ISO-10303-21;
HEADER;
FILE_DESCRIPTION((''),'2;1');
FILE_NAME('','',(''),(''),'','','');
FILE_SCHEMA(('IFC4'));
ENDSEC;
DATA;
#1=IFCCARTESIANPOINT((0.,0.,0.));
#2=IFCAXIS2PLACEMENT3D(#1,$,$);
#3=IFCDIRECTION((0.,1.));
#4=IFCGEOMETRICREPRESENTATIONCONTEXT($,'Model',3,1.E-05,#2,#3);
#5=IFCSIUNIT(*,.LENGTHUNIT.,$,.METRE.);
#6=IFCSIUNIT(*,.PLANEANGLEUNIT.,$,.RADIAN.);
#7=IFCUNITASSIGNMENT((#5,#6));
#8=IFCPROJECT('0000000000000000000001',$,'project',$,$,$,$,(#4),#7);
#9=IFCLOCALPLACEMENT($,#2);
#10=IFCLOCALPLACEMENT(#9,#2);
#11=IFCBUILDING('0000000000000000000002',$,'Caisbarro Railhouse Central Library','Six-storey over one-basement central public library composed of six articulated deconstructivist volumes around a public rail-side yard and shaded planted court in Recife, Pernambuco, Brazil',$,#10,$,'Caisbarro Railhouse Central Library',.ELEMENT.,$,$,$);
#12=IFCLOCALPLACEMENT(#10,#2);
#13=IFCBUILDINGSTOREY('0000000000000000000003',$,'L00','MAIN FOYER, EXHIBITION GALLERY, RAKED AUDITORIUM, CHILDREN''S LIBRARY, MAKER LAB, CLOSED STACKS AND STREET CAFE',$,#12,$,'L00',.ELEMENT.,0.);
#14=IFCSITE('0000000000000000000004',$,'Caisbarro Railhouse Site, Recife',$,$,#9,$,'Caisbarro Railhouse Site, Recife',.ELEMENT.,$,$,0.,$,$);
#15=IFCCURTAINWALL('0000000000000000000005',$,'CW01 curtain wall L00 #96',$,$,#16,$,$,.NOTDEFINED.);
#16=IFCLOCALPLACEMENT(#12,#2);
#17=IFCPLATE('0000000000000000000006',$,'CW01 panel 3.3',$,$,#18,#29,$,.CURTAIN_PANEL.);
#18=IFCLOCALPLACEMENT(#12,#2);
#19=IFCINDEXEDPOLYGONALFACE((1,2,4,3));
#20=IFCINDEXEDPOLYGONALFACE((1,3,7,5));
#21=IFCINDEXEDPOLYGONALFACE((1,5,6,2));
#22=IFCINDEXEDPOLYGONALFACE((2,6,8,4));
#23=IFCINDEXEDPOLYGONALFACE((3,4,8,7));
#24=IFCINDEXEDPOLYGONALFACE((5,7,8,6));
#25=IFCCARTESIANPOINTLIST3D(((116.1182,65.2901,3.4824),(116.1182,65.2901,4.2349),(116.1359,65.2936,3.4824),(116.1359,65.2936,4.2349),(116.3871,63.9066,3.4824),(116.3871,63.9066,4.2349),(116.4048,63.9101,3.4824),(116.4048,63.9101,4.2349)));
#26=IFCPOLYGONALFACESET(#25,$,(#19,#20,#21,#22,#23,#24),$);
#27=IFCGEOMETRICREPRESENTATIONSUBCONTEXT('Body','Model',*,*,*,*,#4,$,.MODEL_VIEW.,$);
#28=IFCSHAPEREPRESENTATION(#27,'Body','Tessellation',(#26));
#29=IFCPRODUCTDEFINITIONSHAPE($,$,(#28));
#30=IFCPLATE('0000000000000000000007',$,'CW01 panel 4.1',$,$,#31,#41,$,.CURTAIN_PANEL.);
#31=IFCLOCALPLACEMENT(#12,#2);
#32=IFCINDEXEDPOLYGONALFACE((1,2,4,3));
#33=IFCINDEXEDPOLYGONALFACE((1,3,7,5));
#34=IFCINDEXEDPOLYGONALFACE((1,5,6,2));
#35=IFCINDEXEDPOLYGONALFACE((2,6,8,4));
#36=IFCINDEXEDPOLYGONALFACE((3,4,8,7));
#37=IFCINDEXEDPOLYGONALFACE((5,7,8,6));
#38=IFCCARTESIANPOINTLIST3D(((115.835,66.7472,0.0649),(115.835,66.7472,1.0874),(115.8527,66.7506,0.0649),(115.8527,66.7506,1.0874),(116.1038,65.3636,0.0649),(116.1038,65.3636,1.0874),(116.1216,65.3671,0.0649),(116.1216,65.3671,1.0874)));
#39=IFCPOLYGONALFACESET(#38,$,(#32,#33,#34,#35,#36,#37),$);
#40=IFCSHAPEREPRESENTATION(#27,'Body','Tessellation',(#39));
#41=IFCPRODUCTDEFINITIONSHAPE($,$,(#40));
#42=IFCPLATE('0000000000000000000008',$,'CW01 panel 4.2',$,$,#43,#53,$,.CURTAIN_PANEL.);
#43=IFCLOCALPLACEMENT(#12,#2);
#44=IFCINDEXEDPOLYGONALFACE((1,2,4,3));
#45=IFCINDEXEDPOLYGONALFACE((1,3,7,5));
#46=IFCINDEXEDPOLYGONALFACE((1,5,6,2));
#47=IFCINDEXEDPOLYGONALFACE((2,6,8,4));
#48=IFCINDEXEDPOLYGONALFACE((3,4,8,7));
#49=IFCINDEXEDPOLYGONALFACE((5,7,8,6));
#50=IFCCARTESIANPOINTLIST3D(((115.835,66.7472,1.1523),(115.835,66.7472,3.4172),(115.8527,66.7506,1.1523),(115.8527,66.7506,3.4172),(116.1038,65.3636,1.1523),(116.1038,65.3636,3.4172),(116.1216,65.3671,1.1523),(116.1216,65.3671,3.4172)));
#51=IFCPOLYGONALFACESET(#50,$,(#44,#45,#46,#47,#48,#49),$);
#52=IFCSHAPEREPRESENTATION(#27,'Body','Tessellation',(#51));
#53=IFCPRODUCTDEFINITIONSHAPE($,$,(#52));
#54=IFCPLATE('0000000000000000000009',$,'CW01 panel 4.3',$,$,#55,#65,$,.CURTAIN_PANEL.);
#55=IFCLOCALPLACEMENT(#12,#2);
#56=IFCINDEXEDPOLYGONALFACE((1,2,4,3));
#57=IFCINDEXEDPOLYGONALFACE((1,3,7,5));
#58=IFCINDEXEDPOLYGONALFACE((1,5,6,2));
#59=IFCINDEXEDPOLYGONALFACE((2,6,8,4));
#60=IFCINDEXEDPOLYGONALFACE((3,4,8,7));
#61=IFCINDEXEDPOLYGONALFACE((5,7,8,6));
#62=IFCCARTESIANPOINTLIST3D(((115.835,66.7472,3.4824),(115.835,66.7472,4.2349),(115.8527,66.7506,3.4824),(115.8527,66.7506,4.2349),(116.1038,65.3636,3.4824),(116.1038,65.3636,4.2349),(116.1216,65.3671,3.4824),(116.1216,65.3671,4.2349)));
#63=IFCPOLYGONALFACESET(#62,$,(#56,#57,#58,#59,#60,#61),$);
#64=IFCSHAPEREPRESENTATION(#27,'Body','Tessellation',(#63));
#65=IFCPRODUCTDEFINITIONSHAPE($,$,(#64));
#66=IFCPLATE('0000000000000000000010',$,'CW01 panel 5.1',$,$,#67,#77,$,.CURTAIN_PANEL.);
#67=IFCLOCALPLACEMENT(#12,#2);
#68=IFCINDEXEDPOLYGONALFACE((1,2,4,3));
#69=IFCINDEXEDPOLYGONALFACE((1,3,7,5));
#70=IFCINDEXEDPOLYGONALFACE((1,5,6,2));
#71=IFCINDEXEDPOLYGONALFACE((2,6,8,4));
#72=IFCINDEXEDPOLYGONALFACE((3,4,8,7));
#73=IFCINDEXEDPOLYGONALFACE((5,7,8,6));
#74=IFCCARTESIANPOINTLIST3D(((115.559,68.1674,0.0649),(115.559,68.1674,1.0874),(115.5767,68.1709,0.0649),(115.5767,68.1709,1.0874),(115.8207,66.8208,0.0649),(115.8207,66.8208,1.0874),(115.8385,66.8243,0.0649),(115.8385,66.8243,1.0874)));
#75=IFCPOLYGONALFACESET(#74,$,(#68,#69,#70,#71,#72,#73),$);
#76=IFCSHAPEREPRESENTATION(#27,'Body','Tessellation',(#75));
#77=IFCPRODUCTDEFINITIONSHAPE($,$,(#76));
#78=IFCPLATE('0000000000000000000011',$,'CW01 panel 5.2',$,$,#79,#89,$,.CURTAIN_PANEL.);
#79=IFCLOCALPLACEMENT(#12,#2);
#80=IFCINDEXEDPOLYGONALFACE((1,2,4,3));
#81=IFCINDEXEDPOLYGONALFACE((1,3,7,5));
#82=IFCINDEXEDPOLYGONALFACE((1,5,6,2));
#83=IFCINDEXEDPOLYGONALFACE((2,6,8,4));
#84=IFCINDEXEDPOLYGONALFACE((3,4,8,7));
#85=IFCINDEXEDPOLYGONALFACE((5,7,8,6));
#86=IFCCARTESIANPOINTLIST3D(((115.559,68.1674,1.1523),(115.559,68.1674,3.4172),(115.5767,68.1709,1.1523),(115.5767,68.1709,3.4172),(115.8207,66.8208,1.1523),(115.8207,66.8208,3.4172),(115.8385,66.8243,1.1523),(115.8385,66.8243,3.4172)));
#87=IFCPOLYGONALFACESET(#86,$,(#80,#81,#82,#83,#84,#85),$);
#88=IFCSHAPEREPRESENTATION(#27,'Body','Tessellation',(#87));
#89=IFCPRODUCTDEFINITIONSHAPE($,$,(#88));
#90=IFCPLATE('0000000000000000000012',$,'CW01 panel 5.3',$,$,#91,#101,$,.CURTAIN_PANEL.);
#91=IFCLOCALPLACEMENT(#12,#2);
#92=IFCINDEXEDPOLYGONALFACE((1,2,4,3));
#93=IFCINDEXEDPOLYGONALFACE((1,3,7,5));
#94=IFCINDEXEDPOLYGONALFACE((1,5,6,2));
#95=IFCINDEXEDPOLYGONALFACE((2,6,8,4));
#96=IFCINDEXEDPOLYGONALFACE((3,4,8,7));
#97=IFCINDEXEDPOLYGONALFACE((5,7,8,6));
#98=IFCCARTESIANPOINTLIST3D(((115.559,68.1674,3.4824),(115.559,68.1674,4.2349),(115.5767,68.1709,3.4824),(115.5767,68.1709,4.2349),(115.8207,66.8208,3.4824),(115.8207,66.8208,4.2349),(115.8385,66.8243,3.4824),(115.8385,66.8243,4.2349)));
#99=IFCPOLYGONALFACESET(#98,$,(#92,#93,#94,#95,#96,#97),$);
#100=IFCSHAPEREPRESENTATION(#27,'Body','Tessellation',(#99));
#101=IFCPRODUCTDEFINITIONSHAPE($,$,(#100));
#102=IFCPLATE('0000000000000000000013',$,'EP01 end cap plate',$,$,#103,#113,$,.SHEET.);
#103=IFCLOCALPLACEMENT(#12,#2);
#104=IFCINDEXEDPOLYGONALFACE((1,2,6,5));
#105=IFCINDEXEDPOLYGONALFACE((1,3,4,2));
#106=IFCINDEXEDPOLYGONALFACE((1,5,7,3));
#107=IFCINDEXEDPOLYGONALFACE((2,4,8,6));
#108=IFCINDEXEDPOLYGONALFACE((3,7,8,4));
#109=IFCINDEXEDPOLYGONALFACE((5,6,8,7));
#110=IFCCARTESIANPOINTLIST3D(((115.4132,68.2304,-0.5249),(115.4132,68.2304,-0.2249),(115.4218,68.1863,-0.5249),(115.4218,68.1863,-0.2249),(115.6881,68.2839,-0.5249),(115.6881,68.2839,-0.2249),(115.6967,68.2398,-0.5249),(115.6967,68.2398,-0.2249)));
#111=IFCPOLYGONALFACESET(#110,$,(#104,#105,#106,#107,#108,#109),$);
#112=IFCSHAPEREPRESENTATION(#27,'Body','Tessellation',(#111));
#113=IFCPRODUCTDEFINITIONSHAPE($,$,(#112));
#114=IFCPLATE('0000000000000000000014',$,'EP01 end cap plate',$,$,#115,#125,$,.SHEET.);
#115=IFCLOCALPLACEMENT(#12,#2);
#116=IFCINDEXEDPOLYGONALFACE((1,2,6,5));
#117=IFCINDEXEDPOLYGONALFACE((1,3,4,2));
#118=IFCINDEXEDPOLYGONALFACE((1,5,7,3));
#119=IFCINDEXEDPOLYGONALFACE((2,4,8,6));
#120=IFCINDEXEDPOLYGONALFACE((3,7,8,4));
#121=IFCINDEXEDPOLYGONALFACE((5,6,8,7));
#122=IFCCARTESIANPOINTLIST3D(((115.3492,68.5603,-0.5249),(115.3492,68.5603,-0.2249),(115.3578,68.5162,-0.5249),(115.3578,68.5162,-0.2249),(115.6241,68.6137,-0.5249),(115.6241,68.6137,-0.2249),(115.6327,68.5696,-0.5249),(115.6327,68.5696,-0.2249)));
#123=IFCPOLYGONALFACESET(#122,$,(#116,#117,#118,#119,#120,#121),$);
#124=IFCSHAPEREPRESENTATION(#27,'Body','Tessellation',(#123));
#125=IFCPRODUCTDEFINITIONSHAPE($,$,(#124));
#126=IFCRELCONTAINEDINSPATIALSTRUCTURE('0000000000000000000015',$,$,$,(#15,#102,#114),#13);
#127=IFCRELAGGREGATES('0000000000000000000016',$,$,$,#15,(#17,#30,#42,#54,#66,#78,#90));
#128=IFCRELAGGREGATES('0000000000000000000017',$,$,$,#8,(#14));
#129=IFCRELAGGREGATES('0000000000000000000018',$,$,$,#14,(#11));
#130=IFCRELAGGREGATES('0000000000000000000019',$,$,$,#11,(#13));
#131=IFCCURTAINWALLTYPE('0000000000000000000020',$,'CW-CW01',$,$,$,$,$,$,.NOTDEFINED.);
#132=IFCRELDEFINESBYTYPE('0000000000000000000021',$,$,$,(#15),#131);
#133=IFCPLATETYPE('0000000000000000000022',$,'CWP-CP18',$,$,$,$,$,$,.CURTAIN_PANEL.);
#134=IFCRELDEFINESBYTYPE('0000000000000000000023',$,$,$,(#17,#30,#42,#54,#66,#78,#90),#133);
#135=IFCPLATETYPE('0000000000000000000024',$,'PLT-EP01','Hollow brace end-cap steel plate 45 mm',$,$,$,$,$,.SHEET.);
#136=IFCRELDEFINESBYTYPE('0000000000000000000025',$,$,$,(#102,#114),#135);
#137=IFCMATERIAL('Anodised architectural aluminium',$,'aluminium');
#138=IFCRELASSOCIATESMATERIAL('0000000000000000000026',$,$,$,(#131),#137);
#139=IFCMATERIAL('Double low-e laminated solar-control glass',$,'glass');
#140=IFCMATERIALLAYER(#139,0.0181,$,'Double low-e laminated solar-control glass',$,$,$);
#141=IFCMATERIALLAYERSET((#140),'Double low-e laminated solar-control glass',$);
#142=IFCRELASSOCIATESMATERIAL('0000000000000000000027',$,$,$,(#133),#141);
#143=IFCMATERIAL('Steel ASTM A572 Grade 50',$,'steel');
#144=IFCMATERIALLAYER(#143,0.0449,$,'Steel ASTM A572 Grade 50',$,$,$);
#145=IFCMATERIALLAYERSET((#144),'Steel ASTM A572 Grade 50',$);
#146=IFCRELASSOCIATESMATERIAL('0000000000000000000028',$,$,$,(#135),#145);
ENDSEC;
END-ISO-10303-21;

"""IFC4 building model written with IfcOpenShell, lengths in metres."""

from ifc_helpers import new_model, si_unit, direction, frame, origin, origin_2d, place, context, subcontext, project, spatial, rectangle, extrude, material, layer, layer_set, type_object, element, aggregate, save


model = new_model("IFC4")

# Units and contexts
model_context = context("Model", 3, precision=1e-05, world=origin(), true_north=direction((0.0, 1.0)))
body_context = subcontext(model_context, "Body", "Model", "MODEL_VIEW")
ifc_project = project(units=[si_unit("LENGTHUNIT", "METRE"), si_unit("PLANEANGLEUNIT", "RADIAN")], contexts=[model_context])

# Site, building, storey
site_placement = place(None, origin())
site = spatial("IfcSite", under=ifc_project, at=site_placement, Name="Caisbarro Railhouse Site, Recife", LongName="Caisbarro Railhouse Site, Recife", CompositionType="ELEMENT", RefElevation=0.0)
building_placement = place(site_placement, origin())
building = spatial("IfcBuilding", under=site, at=building_placement, Name="Caisbarro Railhouse Central Library", Description="Six-storey over one-basement central public library composed of six articulated deconstructivist volumes around a public rail-side yard and shaded planted court in Recife, Pernambuco, Brazil", LongName="Caisbarro Railhouse Central Library", CompositionType="ELEMENT")
storey_placement = place(building_placement, origin())
storey = spatial("IfcBuildingStorey", under=building, at=storey_placement, Name="L00", Description="MAIN FOYER, EXHIBITION GALLERY, RAKED AUDITORIUM, CHILDREN'S LIBRARY, MAKER LAB, CLOSED STACKS AND STREET CAFE", LongName="L00", CompositionType="ELEMENT", Elevation=0.0)

# Shared definitions
ifc_material_1 = material(Name="Steel ASTM A572 Grade 50", Category="steel")

# Curtain wall
ifc_material_2 = material(Name="Anodised architectural aluminium", Category="aluminium")
curtain_wall_type = type_object("IfcCurtainWallType", Name="CW-CW01", PredefinedType="NOTDEFINED", material=ifc_material_2)
curtain_wall_1_placement = place(storey_placement, origin())
curtain_wall_1 = element("IfcCurtainWall", 1, at=curtain_wall_1_placement, inside=storey, type_object=curtain_wall_type, Name="CW01 curtain wall L00 #96", PredefinedType="NOTDEFINED")

# Plates
ifc_material_3 = material(Name="Double low-e laminated solar-control glass", Category="glass")
ifc_layer_1 = layer(ifc_material_3, 0.0181, Name="Double low-e laminated solar-control glass")
ifc_layer_set_1 = layer_set([ifc_layer_1], Name="Double low-e laminated solar-control glass")
plate_type_1 = type_object("IfcPlateType", Name="CWP-CP18", PredefinedType="CURTAIN_PANEL", material=ifc_layer_set_1)
plate_1_placement = place(storey_placement, frame((116.2615, 64.6001, 3.4824), z_axis=(0.0, 0.0, 1.0), x_axis=(-0.190781, 0.981633, 0.0)))
plate_1 = element("IfcPlate", 2, at=plate_1_placement, type_object=plate_type_1, Name="CW01 panel 3.3", PredefinedType="CURTAIN_PANEL", context=body_context, shape_type="SweptSolid", body=[
    extrude(rectangle(XDim=1.4094, YDim=0.0181, at=origin_2d()), origin(), (0.0, 0.0, 1.0), 0.7524),
])
plate_2_placement = place(storey_placement, frame((115.9783, 66.0571, 0.0649), z_axis=(0.0, 0.0, 1.0), x_axis=(-0.190781, 0.981633, 0.0)))
plate_2 = element("IfcPlate", 3, at=plate_2_placement, type_object=plate_type_1, Name="CW01 panel 4.1", PredefinedType="CURTAIN_PANEL", context=body_context, shape_type="SweptSolid", body=[
    extrude(rectangle(XDim=1.4094, YDim=0.0181, at=origin_2d()), origin(), (0.0, 0.0, 1.0), 1.0225),
])
plate_3_placement = place(storey_placement, frame((115.9783, 66.0571, 1.1523), z_axis=(0.0, 0.0, 1.0), x_axis=(-0.190781, 0.981633, 0.0)))
plate_3 = element("IfcPlate", 4, at=plate_3_placement, type_object=plate_type_1, Name="CW01 panel 4.2", PredefinedType="CURTAIN_PANEL", context=body_context, shape_type="SweptSolid", body=[
    extrude(rectangle(XDim=1.4094, YDim=0.0181, at=origin_2d()), origin(), (0.0, 0.0, 1.0), 2.2649),
])
plate_4_placement = place(storey_placement, frame((115.9783, 66.0571, 3.4824), z_axis=(0.0, 0.0, 1.0), x_axis=(-0.190781, 0.981633, 0.0)))
plate_4 = element("IfcPlate", 5, at=plate_4_placement, type_object=plate_type_1, Name="CW01 panel 4.3", PredefinedType="CURTAIN_PANEL", context=body_context, shape_type="SweptSolid", body=[
    extrude(rectangle(XDim=1.4094, YDim=0.0181, at=origin_2d()), origin(), (0.0, 0.0, 1.0), 0.7524),
])
plate_5_placement = place(storey_placement, frame((115.6987, 67.4958, 0.0649), z_axis=(0.0, 0.0, 1.0), x_axis=(-0.190781, 0.981633, 0.0)))
plate_5 = element("IfcPlate", 6, at=plate_5_placement, type_object=plate_type_1, Name="CW01 panel 5.1", PredefinedType="CURTAIN_PANEL", context=body_context, shape_type="SweptSolid", body=[
    extrude(rectangle(XDim=1.3718, YDim=0.0181, at=origin_2d()), origin(), (0.0, 0.0, 1.0), 1.0225),
])
plate_6_placement = place(storey_placement, frame((115.6987, 67.4958, 1.1523), z_axis=(0.0, 0.0, 1.0), x_axis=(-0.190781, 0.981633, 0.0)))
plate_6 = element("IfcPlate", 7, at=plate_6_placement, type_object=plate_type_1, Name="CW01 panel 5.2", PredefinedType="CURTAIN_PANEL", context=body_context, shape_type="SweptSolid", body=[
    extrude(rectangle(XDim=1.3718, YDim=0.0181, at=origin_2d()), origin(), (0.0, 0.0, 1.0), 2.2649),
])
plate_7_placement = place(storey_placement, frame((115.6987, 67.4958, 3.4824), z_axis=(0.0, 0.0, 1.0), x_axis=(-0.190781, 0.981633, 0.0)))
plate_7 = element("IfcPlate", 8, at=plate_7_placement, type_object=plate_type_1, Name="CW01 panel 5.3", PredefinedType="CURTAIN_PANEL", context=body_context, shape_type="SweptSolid", body=[
    extrude(rectangle(XDim=1.3718, YDim=0.0181, at=origin_2d()), origin(), (0.0, 0.0, 1.0), 0.7524),
])
aggregate(curtain_wall_1, [plate_1, plate_2, plate_3, plate_4, plate_5, plate_6, plate_7])

# Plates
ifc_layer_2 = layer(ifc_material_1, 0.0449, Name="Steel ASTM A572 Grade 50")
ifc_layer_set_2 = layer_set([ifc_layer_2], Name="Steel ASTM A572 Grade 50")
plate_type_2 = type_object("IfcPlateType", Name="PLT-EP01", Description="Hollow brace end-cap steel plate 45 mm", PredefinedType="SHEET", material=ifc_layer_set_2)
for number, where, z_axis, x_axis, name in (
    (9, (115.5549, 68.2351, -0.5249), (0.0, 0.0, 1.0), (-0.190809, 0.981627, 0.0), "EP01 end cap plate"),
    (10, (115.491, 68.5649, -0.5249), (0.0, 0.0, 1.0), (-0.190809, 0.981627, 0.0), "EP01 end cap plate"),
):
    element("IfcPlate", number, at=place(storey_placement, frame(where, z_axis=z_axis, x_axis=x_axis)), inside=storey, type_object=plate_type_2, Name=name, PredefinedType="SHEET", context=body_context, shape_type="SweptSolid", body=[
        extrude(rectangle(XDim=0.0449, YDim=0.28, at=origin_2d()), origin(), (0.0, 0.0, 1.0), 0.3),
    ])

save(model, "model.ifc")
